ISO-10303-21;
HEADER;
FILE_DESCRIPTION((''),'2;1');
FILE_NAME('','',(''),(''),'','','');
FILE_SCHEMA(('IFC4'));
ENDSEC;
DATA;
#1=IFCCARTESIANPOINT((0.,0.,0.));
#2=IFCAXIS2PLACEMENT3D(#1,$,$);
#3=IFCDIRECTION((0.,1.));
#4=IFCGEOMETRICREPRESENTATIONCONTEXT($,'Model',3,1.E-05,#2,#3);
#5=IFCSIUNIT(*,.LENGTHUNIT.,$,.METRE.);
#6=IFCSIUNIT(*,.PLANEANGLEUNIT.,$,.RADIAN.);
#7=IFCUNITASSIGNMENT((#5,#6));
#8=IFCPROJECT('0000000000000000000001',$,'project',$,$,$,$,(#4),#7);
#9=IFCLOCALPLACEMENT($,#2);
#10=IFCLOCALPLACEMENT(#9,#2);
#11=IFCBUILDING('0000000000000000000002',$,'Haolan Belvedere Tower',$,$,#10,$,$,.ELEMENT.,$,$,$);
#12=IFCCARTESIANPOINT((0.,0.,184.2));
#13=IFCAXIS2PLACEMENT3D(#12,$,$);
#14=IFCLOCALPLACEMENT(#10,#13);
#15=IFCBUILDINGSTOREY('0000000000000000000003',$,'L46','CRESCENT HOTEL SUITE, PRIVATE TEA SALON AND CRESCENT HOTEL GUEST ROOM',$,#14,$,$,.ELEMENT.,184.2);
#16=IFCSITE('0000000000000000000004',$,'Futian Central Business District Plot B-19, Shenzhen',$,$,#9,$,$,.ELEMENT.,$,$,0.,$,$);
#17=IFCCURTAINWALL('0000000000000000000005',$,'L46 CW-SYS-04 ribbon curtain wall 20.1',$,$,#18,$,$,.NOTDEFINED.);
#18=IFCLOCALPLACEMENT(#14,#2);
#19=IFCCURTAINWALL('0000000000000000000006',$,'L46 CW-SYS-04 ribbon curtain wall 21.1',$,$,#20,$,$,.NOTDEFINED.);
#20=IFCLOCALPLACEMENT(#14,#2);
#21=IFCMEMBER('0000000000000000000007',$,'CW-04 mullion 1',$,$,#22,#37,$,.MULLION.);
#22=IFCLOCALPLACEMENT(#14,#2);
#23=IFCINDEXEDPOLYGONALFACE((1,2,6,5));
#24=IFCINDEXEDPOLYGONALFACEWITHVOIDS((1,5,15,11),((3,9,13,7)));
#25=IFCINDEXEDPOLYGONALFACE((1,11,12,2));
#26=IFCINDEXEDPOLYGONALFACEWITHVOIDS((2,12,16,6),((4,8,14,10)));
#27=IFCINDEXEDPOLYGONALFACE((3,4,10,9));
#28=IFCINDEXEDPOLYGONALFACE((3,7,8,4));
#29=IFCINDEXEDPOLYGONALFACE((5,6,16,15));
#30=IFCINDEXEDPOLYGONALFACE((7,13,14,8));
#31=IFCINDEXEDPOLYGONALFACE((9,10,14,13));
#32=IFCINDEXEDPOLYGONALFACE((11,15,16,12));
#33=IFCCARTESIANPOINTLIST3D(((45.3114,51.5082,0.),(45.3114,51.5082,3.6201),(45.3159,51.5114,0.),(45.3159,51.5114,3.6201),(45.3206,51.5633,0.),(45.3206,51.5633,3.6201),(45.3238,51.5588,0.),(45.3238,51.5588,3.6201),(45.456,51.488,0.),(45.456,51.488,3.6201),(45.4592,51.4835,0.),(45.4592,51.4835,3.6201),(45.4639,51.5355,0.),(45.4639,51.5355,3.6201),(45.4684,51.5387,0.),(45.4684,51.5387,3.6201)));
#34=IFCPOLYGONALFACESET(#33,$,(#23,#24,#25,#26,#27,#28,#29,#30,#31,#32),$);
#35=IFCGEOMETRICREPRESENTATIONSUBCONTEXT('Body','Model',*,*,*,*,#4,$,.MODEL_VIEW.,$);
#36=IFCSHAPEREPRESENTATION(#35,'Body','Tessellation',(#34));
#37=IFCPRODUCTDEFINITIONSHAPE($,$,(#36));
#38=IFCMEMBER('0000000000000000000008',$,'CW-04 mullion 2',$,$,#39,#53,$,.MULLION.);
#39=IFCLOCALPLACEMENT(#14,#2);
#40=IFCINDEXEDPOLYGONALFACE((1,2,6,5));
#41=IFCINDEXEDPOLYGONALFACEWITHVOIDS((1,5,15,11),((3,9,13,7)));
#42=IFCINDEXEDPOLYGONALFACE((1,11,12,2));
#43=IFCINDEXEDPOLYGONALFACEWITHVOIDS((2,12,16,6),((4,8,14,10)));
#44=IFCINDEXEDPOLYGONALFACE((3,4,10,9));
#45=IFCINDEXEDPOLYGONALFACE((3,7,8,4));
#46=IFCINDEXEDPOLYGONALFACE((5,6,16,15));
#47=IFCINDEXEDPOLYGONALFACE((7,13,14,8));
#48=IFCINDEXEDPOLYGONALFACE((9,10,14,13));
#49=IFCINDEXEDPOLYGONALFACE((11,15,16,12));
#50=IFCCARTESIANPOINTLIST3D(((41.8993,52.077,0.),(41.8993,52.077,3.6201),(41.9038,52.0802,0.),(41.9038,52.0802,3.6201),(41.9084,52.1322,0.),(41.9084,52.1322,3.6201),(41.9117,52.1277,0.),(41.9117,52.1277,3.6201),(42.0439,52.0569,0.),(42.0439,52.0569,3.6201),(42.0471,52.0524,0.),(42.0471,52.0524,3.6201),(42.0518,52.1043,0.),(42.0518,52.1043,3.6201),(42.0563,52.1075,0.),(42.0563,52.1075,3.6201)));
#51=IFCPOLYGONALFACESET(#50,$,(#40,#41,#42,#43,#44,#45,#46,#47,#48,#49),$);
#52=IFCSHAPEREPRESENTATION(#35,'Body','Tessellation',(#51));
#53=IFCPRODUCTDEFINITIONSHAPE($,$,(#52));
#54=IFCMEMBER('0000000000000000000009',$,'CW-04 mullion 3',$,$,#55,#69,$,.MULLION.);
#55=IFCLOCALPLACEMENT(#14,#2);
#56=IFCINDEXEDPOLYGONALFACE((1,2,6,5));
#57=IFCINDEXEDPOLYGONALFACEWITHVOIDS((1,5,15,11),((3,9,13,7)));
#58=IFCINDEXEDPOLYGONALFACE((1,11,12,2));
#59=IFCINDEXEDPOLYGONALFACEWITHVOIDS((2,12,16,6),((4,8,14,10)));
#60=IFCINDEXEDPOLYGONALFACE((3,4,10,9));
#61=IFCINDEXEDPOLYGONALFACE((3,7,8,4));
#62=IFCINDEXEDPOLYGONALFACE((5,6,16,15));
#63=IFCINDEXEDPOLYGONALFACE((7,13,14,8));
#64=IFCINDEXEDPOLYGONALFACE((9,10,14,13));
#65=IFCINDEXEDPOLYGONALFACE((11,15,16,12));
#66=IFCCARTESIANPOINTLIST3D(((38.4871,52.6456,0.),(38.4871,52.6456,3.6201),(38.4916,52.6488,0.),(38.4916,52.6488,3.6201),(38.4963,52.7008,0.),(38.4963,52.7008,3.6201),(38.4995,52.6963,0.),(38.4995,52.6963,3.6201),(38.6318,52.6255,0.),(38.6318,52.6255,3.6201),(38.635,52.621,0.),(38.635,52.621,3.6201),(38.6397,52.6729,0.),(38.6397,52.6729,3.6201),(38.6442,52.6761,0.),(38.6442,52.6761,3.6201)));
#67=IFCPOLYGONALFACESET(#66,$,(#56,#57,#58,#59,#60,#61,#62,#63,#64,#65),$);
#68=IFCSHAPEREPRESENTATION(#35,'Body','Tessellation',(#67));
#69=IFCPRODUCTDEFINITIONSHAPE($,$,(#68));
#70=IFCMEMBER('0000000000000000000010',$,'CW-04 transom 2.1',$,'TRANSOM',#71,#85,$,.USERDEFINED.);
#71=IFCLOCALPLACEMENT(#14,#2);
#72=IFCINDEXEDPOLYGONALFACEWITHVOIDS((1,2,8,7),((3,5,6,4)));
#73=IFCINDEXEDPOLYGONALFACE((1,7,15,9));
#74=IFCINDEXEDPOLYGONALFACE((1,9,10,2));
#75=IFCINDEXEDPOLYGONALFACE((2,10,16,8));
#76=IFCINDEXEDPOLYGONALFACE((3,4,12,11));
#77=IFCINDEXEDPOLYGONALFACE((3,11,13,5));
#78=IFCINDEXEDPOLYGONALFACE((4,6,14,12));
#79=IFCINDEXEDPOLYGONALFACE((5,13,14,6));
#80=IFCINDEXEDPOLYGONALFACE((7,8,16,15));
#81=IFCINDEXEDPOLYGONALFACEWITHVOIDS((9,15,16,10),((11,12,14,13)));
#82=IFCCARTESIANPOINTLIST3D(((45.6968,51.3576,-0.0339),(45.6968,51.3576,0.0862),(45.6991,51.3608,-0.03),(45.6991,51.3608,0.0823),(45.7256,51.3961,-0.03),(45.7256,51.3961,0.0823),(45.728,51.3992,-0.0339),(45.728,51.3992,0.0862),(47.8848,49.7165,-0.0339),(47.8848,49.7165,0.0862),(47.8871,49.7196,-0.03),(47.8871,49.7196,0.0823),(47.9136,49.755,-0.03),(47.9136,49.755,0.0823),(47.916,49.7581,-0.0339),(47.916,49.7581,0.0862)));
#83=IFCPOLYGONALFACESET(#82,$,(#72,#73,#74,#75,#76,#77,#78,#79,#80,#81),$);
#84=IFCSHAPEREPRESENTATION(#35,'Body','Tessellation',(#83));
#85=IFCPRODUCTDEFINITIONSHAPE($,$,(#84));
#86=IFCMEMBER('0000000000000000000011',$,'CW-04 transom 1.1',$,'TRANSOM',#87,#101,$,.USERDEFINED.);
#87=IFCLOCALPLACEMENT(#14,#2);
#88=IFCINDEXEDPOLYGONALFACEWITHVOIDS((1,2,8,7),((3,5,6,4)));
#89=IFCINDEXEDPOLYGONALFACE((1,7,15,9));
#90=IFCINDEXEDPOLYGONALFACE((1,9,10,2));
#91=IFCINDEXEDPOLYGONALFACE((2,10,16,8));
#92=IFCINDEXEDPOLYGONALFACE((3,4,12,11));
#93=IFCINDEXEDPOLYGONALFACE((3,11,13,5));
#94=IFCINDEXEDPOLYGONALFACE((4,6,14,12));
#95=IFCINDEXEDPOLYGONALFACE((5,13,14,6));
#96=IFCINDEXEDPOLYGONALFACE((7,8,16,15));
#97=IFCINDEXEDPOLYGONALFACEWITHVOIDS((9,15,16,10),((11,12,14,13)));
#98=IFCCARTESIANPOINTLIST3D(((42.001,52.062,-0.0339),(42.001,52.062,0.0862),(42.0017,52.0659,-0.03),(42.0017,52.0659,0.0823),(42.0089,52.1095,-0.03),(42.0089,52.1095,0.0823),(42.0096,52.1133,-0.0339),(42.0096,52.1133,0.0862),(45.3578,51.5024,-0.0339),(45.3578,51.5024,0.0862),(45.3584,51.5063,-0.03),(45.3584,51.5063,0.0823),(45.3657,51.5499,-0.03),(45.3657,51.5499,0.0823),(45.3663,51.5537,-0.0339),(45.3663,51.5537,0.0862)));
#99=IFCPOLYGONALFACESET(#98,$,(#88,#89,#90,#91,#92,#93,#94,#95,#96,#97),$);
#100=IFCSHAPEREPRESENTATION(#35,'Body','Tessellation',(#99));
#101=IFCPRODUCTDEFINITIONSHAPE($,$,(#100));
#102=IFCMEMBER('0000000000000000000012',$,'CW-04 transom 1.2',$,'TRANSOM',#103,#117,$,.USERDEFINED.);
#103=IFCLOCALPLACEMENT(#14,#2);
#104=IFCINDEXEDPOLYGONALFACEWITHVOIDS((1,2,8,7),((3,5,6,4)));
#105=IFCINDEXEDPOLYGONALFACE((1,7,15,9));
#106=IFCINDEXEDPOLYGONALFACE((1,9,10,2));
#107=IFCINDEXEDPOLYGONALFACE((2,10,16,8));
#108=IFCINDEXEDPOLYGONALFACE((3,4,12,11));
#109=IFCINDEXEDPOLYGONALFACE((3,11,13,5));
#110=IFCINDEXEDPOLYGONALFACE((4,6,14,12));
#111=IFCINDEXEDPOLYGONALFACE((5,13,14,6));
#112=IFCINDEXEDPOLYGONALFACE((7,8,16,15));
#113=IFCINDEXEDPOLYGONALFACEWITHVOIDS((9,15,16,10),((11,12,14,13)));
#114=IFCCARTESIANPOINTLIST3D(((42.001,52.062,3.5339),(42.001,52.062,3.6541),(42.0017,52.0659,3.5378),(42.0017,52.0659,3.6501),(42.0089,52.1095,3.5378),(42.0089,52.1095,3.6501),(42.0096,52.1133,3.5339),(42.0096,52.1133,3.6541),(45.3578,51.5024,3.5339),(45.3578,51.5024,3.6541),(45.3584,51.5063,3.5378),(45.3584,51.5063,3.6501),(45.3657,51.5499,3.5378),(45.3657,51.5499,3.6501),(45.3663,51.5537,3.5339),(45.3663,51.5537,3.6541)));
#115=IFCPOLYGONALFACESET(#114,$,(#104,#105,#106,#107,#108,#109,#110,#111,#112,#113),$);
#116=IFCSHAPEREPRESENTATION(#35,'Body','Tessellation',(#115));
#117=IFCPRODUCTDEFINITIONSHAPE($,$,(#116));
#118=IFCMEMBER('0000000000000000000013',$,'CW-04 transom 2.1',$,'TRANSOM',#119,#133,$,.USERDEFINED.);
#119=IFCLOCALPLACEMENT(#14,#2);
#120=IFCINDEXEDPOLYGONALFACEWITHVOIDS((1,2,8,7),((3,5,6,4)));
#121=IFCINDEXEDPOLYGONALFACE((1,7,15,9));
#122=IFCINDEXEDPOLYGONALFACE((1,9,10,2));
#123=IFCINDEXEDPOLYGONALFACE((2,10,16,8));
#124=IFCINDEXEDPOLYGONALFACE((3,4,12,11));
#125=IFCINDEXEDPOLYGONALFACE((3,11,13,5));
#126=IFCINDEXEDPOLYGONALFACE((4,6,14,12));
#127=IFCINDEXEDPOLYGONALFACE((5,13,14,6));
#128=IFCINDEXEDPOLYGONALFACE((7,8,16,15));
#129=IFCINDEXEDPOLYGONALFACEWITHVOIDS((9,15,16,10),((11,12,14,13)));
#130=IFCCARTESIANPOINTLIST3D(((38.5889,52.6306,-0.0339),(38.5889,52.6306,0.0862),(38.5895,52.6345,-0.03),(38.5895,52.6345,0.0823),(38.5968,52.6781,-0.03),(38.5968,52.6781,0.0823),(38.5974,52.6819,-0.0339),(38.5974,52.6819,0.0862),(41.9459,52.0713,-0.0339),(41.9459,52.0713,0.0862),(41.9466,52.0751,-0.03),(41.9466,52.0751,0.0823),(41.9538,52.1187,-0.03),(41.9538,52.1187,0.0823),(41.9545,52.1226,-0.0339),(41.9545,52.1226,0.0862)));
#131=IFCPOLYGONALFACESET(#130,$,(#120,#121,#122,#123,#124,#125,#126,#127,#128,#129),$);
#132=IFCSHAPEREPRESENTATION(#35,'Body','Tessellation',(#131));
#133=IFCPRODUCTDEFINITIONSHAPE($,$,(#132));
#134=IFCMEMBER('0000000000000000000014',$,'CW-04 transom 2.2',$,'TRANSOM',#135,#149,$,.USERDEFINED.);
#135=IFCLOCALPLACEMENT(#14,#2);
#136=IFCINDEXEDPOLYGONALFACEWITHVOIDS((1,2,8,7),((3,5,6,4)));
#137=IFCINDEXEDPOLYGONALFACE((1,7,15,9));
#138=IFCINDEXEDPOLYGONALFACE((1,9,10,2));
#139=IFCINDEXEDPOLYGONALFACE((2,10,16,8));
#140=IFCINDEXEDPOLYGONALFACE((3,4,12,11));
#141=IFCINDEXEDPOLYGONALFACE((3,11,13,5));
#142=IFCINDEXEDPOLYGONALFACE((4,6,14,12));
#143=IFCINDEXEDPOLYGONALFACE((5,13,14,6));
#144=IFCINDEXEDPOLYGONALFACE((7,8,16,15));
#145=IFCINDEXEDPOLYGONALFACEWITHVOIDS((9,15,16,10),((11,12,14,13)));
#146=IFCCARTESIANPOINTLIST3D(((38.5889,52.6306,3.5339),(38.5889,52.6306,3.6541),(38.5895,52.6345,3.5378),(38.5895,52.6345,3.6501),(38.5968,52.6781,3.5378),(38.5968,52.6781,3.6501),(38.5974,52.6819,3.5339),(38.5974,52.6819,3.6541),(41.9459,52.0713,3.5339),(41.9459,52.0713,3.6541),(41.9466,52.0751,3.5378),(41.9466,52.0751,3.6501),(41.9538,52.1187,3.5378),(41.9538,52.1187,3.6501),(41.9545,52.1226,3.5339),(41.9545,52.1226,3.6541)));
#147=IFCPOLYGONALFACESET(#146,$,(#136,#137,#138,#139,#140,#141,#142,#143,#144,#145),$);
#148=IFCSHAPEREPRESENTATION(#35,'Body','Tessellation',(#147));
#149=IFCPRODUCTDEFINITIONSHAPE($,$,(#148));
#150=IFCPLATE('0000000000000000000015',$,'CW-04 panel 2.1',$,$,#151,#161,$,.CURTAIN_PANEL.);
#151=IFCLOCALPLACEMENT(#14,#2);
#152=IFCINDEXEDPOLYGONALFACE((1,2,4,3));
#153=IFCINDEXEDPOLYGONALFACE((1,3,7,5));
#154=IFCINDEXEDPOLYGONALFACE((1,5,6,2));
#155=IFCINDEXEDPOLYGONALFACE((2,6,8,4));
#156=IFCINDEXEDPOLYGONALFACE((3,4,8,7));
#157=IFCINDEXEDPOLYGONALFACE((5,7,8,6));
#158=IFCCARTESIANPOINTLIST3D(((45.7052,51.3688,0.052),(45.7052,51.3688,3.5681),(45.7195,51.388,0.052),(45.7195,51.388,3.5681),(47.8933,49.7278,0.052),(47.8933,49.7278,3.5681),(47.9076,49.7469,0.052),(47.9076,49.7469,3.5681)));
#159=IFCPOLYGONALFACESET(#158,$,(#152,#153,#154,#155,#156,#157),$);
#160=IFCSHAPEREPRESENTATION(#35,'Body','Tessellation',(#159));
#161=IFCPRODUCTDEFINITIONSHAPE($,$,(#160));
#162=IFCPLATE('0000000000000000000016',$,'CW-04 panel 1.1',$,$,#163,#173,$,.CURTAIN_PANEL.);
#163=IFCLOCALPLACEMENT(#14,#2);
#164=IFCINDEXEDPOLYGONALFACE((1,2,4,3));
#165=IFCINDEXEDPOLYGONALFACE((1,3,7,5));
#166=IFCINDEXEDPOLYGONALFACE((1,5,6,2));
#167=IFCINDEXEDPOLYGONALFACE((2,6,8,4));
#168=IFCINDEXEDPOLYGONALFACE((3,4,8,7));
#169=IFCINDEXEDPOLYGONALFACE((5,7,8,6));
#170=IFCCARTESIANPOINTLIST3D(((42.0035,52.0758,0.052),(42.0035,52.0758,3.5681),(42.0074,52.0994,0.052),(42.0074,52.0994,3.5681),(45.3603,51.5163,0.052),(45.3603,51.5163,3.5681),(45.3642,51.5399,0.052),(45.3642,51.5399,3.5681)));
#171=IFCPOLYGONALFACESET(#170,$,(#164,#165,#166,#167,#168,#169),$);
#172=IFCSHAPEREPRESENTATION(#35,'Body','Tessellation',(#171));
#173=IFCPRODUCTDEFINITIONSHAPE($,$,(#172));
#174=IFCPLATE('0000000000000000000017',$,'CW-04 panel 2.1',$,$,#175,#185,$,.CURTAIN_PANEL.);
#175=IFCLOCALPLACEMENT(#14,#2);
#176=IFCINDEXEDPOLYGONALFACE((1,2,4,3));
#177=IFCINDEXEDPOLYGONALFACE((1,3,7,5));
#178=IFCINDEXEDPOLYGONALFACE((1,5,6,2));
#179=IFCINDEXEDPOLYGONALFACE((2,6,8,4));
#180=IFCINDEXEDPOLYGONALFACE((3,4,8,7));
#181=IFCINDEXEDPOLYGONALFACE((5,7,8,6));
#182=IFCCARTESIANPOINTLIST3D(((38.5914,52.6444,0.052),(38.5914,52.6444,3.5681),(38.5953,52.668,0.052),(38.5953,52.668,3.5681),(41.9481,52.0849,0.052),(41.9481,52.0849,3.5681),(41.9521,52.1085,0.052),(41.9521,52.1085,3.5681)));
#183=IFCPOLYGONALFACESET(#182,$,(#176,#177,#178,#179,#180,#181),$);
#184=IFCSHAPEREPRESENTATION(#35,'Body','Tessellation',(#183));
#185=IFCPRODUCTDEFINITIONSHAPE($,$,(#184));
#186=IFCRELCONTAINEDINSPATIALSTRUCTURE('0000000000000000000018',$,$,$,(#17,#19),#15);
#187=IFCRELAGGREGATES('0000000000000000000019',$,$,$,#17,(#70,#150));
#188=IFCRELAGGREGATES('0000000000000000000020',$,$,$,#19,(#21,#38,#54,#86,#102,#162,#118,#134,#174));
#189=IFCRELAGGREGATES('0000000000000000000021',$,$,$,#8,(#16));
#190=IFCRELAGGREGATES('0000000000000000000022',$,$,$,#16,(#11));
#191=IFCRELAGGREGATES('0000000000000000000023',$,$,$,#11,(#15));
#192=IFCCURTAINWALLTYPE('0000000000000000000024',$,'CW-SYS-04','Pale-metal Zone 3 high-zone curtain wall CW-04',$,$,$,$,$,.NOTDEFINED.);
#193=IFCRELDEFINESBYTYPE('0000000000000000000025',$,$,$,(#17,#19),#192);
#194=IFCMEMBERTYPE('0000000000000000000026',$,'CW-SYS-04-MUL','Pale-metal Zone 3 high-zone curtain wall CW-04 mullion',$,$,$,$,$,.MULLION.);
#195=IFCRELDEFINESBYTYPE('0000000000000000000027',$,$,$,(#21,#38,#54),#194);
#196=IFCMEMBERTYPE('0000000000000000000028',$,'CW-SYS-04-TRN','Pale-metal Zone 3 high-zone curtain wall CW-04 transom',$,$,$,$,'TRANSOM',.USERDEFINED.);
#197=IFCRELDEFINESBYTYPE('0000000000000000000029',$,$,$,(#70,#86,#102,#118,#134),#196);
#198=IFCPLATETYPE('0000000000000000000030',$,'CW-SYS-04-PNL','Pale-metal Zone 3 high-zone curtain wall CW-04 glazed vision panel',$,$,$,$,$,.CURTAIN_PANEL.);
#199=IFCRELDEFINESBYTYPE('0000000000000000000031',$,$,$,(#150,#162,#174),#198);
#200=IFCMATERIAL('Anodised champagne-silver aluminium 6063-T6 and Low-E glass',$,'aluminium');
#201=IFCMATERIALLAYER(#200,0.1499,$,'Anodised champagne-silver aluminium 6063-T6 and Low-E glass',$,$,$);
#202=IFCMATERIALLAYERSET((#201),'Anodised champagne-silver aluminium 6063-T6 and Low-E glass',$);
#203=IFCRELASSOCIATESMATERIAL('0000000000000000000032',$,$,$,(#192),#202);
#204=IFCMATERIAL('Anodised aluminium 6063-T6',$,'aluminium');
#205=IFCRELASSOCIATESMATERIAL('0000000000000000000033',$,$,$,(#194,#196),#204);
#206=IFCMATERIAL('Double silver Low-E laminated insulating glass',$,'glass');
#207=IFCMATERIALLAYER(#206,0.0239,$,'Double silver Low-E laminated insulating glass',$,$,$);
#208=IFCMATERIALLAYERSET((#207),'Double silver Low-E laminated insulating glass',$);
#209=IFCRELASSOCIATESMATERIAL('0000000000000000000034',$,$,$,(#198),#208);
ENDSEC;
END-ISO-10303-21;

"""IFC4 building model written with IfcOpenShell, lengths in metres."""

from ifc_helpers import new_model, si_unit, direction, frame, origin, origin_2d, place, context, subcontext, project, spatial, rectangle, hollow_rectangle, extrude, material, layer, layer_set, material_profile, profile_set, type_object, element, aggregate, save


model = new_model("IFC4")

# Units and contexts
model_context = context("Model", 3, precision=1e-05, world=origin(), true_north=direction((0.0, 1.0)))
body_context = subcontext(model_context, "Body", "Model", "MODEL_VIEW")
ifc_project = project(units=[si_unit("LENGTHUNIT", "METRE"), si_unit("PLANEANGLEUNIT", "RADIAN")], contexts=[model_context])

# Site, building, storey
site_placement = place(None, origin())
site = spatial("IfcSite", under=ifc_project, at=site_placement, Name="Futian Central Business District Plot B-19, Shenzhen", CompositionType="ELEMENT", RefElevation=0.0)
building_placement = place(site_placement, origin())
building = spatial("IfcBuilding", under=site, at=building_placement, Name="Haolan Belvedere Tower", CompositionType="ELEMENT")
storey_placement = place(building_placement, frame((0.0, 0.0, 184.2)))
storey = spatial("IfcBuildingStorey", under=building, at=storey_placement, Name="L46", Description="CRESCENT HOTEL SUITE, PRIVATE TEA SALON AND CRESCENT HOTEL GUEST ROOM", CompositionType="ELEMENT", Elevation=184.2)

# Curtain wall
ifc_material_1 = material(Name="Anodised champagne-silver aluminium 6063-T6 and Low-E glass", Category="aluminium")
ifc_layer_1 = layer(ifc_material_1, 0.1499, Name="Anodised champagne-silver aluminium 6063-T6 and Low-E glass")
ifc_layer_set_1 = layer_set([ifc_layer_1], Name="Anodised champagne-silver aluminium 6063-T6 and Low-E glass")
curtain_wall_type = type_object("IfcCurtainWallType", Name="CW-SYS-04", Description="Pale-metal Zone 3 high-zone curtain wall CW-04", PredefinedType="NOTDEFINED", material=ifc_layer_set_1)
curtain_wall_1_placement = place(storey_placement, origin())
curtain_wall_1 = element("IfcCurtainWall", 1, at=curtain_wall_1_placement, inside=storey, type_object=curtain_wall_type, Name="L46 CW-SYS-04 ribbon curtain wall 20.1", PredefinedType="NOTDEFINED")
ifc_material_2 = material(Name="Anodised aluminium 6063-T6", Category="aluminium")
ifc_material_profile_1 = material_profile(ifc_material_2, hollow_rectangle(XDim=0.0559, YDim=0.1499, WallThickness=0.0039, at=origin_2d()), Name="Anodised aluminium 6063-T6")
ifc_profile_set_1 = profile_set([ifc_material_profile_1], Name="Anodised aluminium 6063-T6")
member_type_1 = type_object("IfcMemberType", Name="CW-SYS-04-MUL", Description="Pale-metal Zone 3 high-zone curtain wall CW-04 mullion", PredefinedType="MULLION", material=ifc_profile_set_1)

# Curtain wall, members
curtain_wall_2_placement = place(storey_placement, origin())
curtain_wall_2 = element("IfcCurtainWall", 2, at=curtain_wall_2_placement, inside=storey, type_object=curtain_wall_type, Name="L46 CW-SYS-04 ribbon curtain wall 21.1", PredefinedType="NOTDEFINED")
member_1_placement = place(storey_placement, frame((45.3899, 51.5234, 0.0), z_axis=(0.0, 0.0, 1.0), x_axis=(-0.164406, -0.986393, 0.0)))
member_1 = element("IfcMember", 3, at=member_1_placement, type_object=member_type_1, Name="CW-04 mullion 1", PredefinedType="MULLION", context=body_context, shape_type="SweptSolid", body=[
    extrude(hollow_rectangle(XDim=0.0559, YDim=0.1499, WallThickness=0.0039, at=origin_2d()), origin(), (0.0, 0.0, 1.0), 3.6201),
])
member_2_placement = place(storey_placement, frame((41.9778, 52.0923, 0.0), z_axis=(0.0, 0.0, 1.0), x_axis=(-0.164406, -0.986393, 0.0)))
member_2 = element("IfcMember", 4, at=member_2_placement, type_object=member_type_1, Name="CW-04 mullion 2", PredefinedType="MULLION", context=body_context, shape_type="SweptSolid", body=[
    extrude(hollow_rectangle(XDim=0.0559, YDim=0.1499, WallThickness=0.0039, at=origin_2d()), origin(), (0.0, 0.0, 1.0), 3.6201),
])
member_3_placement = place(storey_placement, frame((38.5657, 52.6609, 0.0), z_axis=(0.0, 0.0, 1.0), x_axis=(-0.164406, -0.986393, 0.0)))
member_3 = element("IfcMember", 5, at=member_3_placement, type_object=member_type_1, Name="CW-04 mullion 3", PredefinedType="MULLION", context=body_context, shape_type="SweptSolid", body=[
    extrude(hollow_rectangle(XDim=0.0559, YDim=0.1499, WallThickness=0.0039, at=origin_2d()), origin(), (0.0, 0.0, 1.0), 3.6201),
])

# Members
ifc_material_profile_2 = material_profile(ifc_material_2, hollow_rectangle(XDim=0.052, YDim=0.1201, WallThickness=0.0039, at=origin_2d()), Name="Anodised aluminium 6063-T6")
ifc_profile_set_2 = profile_set([ifc_material_profile_2], Name="Anodised aluminium 6063-T6")
member_type_2 = type_object("IfcMemberType", Name="CW-SYS-04-TRN", Description="Pale-metal Zone 3 high-zone curtain wall CW-04 transom", ElementType="TRANSOM", PredefinedType="USERDEFINED", material=ifc_profile_set_2)
member_4_placement = place(storey_placement, frame((47.9004, 49.7373, 0.0261), z_axis=(-0.799979, 0.600029, 0.0), x_axis=(-0.600029, -0.799979, 0.0)))
member_4 = element("IfcMember", 6, at=member_4_placement, type_object=member_type_2, Name="CW-04 transom 2.1", ObjectType="TRANSOM", PredefinedType="USERDEFINED", context=body_context, shape_type="SweptSolid", body=[
    extrude(hollow_rectangle(XDim=0.052, YDim=0.1201, WallThickness=0.0039, at=origin_2d()), origin(), (0.0, 0.0, 1.0), 2.7351),
])
member_5_placement = place(storey_placement, frame((45.3621, 51.5281, 0.0261), z_axis=(-0.986388, 0.164434, 0.0), x_axis=(-0.164434, -0.986388, 0.0)))
member_5 = element("IfcMember", 7, at=member_5_placement, type_object=member_type_2, Name="CW-04 transom 1.1", ObjectType="TRANSOM", PredefinedType="USERDEFINED", context=body_context, shape_type="SweptSolid", body=[
    extrude(hollow_rectangle(XDim=0.052, YDim=0.1201, WallThickness=0.0039, at=origin_2d()), origin(), (0.0, 0.0, 1.0), 3.4031),
])
member_6_placement = place(storey_placement, frame((45.3621, 51.5281, 3.594), z_axis=(-0.986388, 0.164434, 0.0), x_axis=(-0.164434, -0.986388, 0.0)))
member_6 = element("IfcMember", 8, at=member_6_placement, type_object=member_type_2, Name="CW-04 transom 1.2", ObjectType="TRANSOM", PredefinedType="USERDEFINED", context=body_context, shape_type="SweptSolid", body=[
    extrude(hollow_rectangle(XDim=0.052, YDim=0.1201, WallThickness=0.0039, at=origin_2d()), origin(), (0.0, 0.0, 1.0), 3.4031),
])
member_7_placement = place(storey_placement, frame((41.9502, 52.0969, 0.0261), z_axis=(-0.986402, 0.164352, 0.0), x_axis=(-0.164352, -0.986402, 0.0)))
member_7 = element("IfcMember", 9, at=member_7_placement, type_object=member_type_2, Name="CW-04 transom 2.1", ObjectType="TRANSOM", PredefinedType="USERDEFINED", context=body_context, shape_type="SweptSolid", body=[
    extrude(hollow_rectangle(XDim=0.052, YDim=0.1201, WallThickness=0.0039, at=origin_2d()), origin(), (0.0, 0.0, 1.0), 3.4033),
])
member_8_placement = place(storey_placement, frame((41.9502, 52.0969, 3.594), z_axis=(-0.986402, 0.164352, 0.0), x_axis=(-0.164352, -0.986402, 0.0)))
member_8 = element("IfcMember", 10, at=member_8_placement, type_object=member_type_2, Name="CW-04 transom 2.2", ObjectType="TRANSOM", PredefinedType="USERDEFINED", context=body_context, shape_type="SweptSolid", body=[
    extrude(hollow_rectangle(XDim=0.052, YDim=0.1201, WallThickness=0.0039, at=origin_2d()), origin(), (0.0, 0.0, 1.0), 3.4033),
])

# Plates
ifc_material_3 = material(Name="Double silver Low-E laminated insulating glass", Category="glass")
ifc_layer_2 = layer(ifc_material_3, 0.0239, Name="Double silver Low-E laminated insulating glass")
ifc_layer_set_2 = layer_set([ifc_layer_2], Name="Double silver Low-E laminated insulating glass")
plate_type = type_object("IfcPlateType", Name="CW-SYS-04-PNL", Description="Pale-metal Zone 3 high-zone curtain wall CW-04 glazed vision panel", PredefinedType="CURTAIN_PANEL", material=ifc_layer_set_2)
plate_1_placement = place(storey_placement, frame((46.8064, 50.5579, 0.052), z_axis=(0.0, 0.0, 1.0), x_axis=(-0.799998, 0.600003, 0.0)))
plate_1 = element("IfcPlate", 11, at=plate_1_placement, type_object=plate_type, Name="CW-04 panel 2.1", PredefinedType="CURTAIN_PANEL", context=body_context, shape_type="SweptSolid", body=[
    extrude(rectangle(XDim=2.7351, YDim=0.0239, at=origin_2d()), origin(), (0.0, 0.0, 1.0), 3.5161),
])
aggregate(curtain_wall_1, [member_4, plate_1])
plate_2_placement = place(storey_placement, frame((43.6838, 51.8079, 0.052), z_axis=(0.0, 0.0, 1.0), x_axis=(-0.986393, 0.164406, 0.0)))
plate_2 = element("IfcPlate", 12, at=plate_2_placement, type_object=plate_type, Name="CW-04 panel 1.1", PredefinedType="CURTAIN_PANEL", context=body_context, shape_type="SweptSolid", body=[
    extrude(rectangle(XDim=3.4031, YDim=0.0239, at=origin_2d()), origin(), (0.0, 0.0, 1.0), 3.5161),
])
plate_3_placement = place(storey_placement, frame((40.2717, 52.3765, 0.052), z_axis=(0.0, 0.0, 1.0), x_axis=(-0.986393, 0.164406, 0.0)))
plate_3 = element("IfcPlate", 13, at=plate_3_placement, type_object=plate_type, Name="CW-04 panel 2.1", PredefinedType="CURTAIN_PANEL", context=body_context, shape_type="SweptSolid", body=[
    extrude(rectangle(XDim=3.4031, YDim=0.0239, at=origin_2d()), origin(), (0.0, 0.0, 1.0), 3.5161),
])
aggregate(curtain_wall_2, [member_1, member_2, member_3, member_5, member_6, plate_2, member_7, member_8, plate_3])

save(model, "model.ifc")
